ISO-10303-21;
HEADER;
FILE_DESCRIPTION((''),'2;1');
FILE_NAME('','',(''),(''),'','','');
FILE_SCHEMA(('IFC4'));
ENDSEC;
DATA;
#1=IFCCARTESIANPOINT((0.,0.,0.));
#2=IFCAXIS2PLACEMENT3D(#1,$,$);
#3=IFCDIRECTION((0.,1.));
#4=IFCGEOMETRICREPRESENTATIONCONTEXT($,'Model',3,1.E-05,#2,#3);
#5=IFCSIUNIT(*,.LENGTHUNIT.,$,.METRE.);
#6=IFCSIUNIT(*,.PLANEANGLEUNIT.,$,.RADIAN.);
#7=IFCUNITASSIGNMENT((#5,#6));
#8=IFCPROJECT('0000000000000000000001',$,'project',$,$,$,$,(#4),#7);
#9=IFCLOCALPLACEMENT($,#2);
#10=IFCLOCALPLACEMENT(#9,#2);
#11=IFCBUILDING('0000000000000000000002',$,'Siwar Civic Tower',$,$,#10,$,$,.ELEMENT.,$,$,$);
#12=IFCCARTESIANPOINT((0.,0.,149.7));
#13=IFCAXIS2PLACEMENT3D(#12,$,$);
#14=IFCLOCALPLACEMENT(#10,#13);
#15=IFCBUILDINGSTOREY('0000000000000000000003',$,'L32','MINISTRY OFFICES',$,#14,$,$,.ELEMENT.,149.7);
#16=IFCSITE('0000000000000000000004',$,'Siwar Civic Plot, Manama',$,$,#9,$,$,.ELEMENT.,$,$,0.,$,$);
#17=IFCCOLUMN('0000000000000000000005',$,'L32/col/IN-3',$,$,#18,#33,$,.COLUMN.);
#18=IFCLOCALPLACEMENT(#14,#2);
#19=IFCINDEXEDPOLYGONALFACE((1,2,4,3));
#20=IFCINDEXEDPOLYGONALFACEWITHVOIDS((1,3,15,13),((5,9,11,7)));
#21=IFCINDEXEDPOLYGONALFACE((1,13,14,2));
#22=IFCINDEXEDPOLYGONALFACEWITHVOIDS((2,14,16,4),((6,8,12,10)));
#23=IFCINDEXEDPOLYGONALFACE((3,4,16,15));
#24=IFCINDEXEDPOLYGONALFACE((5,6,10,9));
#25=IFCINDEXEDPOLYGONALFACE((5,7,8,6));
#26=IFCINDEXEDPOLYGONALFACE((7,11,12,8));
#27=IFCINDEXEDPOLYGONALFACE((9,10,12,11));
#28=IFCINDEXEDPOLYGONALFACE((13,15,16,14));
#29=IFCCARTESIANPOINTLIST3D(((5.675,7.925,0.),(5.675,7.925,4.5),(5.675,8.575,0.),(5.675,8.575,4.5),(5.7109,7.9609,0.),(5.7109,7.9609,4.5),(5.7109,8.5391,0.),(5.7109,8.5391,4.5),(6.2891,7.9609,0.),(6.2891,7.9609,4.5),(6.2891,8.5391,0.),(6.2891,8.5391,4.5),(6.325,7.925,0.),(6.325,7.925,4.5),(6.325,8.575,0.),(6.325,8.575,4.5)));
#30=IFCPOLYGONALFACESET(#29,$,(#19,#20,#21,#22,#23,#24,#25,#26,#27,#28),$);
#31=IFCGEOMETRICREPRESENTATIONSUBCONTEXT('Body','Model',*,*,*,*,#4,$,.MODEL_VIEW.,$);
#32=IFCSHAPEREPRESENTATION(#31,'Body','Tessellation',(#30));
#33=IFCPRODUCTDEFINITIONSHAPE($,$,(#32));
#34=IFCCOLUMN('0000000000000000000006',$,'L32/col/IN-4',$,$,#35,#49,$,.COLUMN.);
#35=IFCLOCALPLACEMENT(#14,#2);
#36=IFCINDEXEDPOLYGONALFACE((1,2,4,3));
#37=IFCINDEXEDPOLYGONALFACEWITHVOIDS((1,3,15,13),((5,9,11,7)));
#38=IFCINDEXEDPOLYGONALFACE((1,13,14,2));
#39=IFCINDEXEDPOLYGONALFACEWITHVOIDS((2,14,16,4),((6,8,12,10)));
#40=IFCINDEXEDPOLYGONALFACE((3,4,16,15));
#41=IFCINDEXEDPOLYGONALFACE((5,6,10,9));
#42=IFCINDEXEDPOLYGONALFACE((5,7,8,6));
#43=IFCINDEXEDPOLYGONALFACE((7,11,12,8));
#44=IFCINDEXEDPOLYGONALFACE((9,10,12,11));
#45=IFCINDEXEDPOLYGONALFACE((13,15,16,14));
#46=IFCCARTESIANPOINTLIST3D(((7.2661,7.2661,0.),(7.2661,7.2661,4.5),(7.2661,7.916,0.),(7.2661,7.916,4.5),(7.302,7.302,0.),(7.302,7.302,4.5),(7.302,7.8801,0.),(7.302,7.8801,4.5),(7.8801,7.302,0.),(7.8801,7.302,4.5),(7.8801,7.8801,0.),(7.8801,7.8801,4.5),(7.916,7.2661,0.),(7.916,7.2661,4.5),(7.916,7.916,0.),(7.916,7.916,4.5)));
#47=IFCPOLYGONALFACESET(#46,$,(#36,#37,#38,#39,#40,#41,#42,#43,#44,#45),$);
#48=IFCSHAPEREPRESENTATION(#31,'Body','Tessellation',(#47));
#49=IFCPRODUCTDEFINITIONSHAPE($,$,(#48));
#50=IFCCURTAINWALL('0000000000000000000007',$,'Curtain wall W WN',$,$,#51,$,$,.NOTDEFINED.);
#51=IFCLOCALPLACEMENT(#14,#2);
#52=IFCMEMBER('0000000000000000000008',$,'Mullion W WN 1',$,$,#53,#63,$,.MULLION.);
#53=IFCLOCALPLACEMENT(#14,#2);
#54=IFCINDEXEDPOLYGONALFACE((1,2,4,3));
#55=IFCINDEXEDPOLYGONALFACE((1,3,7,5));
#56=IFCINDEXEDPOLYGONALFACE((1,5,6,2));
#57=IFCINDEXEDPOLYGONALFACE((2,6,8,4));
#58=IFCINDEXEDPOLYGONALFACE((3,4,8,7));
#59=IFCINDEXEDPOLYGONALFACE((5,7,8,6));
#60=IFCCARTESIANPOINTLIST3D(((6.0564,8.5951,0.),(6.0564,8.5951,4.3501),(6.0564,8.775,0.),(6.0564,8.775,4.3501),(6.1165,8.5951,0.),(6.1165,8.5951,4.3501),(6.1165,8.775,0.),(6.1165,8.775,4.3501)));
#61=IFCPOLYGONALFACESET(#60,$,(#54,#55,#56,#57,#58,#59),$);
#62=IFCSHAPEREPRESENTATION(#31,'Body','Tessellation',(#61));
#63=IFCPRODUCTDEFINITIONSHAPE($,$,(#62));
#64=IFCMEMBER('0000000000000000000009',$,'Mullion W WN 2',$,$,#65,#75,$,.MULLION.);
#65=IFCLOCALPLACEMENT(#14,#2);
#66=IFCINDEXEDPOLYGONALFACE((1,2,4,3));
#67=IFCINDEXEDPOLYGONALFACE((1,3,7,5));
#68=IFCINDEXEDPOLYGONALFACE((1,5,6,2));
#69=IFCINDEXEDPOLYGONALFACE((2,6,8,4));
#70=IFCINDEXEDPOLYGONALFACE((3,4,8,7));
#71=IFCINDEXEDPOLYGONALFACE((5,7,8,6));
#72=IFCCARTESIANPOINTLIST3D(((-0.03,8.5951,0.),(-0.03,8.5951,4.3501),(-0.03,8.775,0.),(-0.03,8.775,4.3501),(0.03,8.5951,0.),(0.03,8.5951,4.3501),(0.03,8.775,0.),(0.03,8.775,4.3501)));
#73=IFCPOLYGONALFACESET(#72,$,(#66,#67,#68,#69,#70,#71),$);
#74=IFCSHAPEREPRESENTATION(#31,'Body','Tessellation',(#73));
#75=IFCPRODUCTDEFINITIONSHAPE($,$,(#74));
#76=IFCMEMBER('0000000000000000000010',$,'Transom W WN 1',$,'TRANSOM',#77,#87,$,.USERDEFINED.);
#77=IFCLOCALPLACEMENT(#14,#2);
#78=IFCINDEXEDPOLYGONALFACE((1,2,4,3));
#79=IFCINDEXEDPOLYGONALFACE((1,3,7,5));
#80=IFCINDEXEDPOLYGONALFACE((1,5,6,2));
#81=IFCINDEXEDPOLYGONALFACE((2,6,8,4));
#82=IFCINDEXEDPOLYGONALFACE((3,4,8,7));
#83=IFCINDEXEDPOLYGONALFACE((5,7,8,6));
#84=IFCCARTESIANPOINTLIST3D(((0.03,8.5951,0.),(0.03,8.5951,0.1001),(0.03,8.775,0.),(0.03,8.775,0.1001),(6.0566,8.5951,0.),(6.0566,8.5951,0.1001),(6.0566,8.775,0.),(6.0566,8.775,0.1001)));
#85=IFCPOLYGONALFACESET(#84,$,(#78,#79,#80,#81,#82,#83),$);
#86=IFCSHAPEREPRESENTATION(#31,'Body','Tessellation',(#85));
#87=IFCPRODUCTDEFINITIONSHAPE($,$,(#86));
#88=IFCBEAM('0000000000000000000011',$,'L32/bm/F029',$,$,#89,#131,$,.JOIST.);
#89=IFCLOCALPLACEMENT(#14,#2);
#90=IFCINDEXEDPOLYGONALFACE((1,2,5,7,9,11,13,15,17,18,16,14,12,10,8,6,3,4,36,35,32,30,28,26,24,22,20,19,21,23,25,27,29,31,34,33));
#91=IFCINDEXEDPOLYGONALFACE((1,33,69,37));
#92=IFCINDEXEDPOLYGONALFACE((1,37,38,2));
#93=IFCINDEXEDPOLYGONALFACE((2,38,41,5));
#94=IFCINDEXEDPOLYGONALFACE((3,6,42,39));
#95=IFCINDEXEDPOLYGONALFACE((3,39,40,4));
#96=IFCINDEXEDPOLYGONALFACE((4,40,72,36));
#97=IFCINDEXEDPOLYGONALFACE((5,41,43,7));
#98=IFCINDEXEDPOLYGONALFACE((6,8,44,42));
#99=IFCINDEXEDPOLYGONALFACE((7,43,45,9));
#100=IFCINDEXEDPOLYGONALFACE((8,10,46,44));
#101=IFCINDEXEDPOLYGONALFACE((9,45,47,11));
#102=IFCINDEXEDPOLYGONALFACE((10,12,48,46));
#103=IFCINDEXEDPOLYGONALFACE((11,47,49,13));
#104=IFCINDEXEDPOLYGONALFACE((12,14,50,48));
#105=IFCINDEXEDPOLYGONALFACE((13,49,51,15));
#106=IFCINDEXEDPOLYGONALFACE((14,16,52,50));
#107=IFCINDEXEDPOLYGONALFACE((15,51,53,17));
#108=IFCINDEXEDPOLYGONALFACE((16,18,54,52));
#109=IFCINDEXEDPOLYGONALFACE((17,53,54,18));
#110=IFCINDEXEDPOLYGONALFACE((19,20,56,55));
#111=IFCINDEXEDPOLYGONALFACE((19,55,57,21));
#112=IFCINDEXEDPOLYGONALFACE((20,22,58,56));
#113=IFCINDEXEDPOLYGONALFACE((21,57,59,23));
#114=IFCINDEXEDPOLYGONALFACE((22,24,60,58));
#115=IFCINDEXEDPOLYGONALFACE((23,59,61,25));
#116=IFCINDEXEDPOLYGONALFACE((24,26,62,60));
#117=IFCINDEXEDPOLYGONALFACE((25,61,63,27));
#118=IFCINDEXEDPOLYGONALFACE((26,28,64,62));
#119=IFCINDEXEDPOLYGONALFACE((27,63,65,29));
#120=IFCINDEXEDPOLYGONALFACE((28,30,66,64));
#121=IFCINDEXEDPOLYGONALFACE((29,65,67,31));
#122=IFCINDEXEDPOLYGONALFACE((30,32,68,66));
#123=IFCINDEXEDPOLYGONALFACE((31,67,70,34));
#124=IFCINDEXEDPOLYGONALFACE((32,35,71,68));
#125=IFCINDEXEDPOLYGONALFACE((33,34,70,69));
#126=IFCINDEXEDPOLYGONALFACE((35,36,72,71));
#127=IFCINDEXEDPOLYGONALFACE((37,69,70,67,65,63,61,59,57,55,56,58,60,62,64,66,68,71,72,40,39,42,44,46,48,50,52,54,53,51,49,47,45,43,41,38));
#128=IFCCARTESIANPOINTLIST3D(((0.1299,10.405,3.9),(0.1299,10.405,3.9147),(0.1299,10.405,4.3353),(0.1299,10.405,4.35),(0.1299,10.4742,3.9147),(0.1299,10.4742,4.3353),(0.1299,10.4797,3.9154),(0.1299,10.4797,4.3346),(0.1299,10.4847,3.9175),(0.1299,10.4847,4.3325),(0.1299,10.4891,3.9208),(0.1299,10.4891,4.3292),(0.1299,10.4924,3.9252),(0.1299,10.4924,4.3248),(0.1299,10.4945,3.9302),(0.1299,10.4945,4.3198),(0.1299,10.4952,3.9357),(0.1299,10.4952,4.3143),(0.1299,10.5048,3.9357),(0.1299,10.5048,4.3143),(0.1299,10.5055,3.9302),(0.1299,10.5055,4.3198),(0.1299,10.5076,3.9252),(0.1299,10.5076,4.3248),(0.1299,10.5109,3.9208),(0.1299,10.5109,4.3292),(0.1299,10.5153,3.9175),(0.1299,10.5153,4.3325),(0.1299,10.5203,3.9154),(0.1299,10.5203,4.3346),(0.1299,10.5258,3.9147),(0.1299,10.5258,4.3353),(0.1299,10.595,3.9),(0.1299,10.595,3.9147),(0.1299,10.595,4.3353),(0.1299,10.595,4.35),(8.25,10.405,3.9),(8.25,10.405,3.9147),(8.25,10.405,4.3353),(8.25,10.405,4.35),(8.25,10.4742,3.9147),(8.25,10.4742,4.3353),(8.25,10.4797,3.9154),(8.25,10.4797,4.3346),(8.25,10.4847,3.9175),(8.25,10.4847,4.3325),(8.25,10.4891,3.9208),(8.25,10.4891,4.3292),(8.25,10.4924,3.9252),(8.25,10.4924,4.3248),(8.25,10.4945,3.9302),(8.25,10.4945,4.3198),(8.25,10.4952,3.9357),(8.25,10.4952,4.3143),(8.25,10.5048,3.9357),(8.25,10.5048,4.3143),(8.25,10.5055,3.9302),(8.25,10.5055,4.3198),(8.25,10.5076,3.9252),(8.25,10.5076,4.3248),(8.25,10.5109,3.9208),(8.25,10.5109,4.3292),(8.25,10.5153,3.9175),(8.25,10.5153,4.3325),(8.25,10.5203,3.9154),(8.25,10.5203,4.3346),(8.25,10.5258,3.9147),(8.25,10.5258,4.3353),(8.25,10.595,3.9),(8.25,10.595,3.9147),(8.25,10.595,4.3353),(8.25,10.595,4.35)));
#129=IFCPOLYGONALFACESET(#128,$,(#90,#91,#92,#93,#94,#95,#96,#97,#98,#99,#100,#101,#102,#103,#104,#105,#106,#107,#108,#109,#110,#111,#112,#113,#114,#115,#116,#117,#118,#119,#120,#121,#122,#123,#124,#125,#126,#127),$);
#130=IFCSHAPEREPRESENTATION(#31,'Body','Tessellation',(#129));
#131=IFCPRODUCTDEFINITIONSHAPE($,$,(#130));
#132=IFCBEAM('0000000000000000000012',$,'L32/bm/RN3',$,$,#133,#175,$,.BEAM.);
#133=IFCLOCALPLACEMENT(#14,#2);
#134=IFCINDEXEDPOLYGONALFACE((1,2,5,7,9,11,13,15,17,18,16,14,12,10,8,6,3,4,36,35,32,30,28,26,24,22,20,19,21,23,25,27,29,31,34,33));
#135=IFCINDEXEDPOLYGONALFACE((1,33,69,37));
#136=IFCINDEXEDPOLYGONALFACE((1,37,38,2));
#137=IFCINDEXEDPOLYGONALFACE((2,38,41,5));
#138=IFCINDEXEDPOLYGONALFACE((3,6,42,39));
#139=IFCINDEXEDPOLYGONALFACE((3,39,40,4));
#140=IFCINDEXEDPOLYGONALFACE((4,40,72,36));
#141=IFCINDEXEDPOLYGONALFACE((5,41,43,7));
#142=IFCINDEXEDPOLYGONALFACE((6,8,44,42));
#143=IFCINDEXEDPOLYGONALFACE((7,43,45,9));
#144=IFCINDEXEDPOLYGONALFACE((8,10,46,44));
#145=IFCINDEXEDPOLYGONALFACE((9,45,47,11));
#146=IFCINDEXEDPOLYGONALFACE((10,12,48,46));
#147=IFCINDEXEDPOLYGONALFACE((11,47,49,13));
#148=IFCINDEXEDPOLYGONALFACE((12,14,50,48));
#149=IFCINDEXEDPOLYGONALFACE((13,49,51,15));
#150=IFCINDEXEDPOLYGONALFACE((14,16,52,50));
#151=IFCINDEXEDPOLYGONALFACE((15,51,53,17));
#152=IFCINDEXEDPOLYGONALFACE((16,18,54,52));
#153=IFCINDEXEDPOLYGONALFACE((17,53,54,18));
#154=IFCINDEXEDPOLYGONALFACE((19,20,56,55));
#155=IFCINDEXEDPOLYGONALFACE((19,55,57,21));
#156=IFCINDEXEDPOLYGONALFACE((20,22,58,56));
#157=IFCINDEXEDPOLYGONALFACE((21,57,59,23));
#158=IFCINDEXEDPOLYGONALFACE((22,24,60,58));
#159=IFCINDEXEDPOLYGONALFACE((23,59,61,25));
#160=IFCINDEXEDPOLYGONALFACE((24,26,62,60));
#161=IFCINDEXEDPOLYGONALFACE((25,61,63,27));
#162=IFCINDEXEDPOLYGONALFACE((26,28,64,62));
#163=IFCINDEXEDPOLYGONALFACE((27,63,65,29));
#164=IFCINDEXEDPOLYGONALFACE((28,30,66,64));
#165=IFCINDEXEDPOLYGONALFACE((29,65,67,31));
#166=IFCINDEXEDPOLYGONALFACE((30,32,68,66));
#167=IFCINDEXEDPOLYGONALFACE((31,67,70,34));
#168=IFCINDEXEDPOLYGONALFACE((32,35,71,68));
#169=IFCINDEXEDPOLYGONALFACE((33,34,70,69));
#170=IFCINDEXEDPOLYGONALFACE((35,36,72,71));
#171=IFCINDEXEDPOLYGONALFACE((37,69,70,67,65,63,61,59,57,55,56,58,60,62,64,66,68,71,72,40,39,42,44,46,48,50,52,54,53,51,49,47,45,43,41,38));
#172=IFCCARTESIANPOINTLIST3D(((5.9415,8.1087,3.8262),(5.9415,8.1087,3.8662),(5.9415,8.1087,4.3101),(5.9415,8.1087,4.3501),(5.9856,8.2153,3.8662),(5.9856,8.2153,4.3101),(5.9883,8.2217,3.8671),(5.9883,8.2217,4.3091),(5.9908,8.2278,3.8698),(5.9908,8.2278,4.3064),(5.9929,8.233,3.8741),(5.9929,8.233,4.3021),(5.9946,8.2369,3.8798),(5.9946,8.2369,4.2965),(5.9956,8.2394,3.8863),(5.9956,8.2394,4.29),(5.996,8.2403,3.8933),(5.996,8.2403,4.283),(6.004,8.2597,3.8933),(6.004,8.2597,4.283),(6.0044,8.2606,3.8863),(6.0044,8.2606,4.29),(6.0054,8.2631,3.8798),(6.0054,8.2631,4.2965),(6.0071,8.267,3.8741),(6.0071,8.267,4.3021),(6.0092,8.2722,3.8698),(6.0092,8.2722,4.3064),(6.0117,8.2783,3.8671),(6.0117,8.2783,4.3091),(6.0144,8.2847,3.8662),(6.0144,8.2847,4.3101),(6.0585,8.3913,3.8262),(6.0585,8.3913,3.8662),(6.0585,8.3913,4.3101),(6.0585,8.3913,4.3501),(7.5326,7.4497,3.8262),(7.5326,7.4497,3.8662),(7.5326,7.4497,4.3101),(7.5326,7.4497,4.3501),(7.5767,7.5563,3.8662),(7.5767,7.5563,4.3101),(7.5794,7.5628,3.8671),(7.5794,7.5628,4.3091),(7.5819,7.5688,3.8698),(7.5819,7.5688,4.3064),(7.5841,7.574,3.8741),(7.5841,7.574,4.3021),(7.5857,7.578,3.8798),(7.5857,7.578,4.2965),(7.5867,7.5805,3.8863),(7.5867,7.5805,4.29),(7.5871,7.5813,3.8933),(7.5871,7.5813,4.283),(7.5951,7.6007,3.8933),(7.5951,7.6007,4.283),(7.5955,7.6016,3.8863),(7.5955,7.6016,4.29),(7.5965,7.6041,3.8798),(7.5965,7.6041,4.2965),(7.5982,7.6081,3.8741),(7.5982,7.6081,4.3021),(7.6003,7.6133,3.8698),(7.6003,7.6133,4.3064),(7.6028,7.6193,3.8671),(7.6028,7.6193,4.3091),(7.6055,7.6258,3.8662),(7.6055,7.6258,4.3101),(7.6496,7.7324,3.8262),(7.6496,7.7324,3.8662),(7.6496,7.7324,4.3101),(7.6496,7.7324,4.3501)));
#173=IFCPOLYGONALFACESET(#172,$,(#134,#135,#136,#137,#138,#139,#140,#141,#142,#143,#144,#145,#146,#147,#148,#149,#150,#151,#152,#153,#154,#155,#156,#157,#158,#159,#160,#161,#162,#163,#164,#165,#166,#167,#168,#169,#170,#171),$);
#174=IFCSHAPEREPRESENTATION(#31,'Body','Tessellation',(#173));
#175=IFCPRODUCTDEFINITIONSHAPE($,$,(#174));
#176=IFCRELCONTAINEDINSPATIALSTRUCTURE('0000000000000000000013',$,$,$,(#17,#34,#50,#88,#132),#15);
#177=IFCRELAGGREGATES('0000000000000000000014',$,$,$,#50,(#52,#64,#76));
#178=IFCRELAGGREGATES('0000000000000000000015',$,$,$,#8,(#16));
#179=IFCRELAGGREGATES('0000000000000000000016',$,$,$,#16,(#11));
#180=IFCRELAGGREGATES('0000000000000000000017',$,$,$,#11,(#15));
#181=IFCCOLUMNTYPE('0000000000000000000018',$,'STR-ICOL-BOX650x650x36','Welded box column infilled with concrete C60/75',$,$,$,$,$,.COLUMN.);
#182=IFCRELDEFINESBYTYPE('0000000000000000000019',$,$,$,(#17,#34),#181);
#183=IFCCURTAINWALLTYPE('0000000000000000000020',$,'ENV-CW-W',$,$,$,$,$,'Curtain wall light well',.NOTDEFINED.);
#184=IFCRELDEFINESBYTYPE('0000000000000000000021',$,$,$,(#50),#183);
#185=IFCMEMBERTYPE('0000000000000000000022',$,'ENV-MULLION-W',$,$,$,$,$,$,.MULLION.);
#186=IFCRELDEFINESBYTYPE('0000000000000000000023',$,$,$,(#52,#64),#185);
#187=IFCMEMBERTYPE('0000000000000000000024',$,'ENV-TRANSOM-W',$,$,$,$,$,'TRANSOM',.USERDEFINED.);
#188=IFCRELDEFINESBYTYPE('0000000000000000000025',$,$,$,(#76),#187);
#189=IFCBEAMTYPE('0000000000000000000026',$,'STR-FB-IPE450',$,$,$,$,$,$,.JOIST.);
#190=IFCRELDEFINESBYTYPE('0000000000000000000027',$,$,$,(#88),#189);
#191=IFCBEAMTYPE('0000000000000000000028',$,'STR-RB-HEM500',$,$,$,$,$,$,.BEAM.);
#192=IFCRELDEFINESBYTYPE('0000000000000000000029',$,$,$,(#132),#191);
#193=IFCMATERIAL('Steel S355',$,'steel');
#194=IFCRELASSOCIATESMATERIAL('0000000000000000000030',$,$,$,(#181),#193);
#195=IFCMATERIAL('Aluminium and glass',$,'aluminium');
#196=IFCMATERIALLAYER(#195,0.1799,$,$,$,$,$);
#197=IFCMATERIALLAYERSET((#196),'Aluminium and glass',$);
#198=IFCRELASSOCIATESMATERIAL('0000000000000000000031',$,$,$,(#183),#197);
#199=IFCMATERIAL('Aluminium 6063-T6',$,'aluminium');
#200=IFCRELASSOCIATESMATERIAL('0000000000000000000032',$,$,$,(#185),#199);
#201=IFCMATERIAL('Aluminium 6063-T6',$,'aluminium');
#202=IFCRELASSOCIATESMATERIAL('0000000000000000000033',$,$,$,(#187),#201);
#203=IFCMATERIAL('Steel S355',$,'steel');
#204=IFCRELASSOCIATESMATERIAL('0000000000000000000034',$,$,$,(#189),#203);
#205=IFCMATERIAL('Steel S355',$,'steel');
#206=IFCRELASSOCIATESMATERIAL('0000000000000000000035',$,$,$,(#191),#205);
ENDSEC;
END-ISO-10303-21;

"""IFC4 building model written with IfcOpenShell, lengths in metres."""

from ifc_helpers import new_model, si_unit, direction, frame, origin, origin_2d, place, context, subcontext, project, spatial, rectangle, hollow_rectangle, i_section, extrude, material, layer, layer_set, material_profile, profile_set, type_object, element, aggregate, save


model = new_model("IFC4")

# Units and contexts
model_context = context("Model", 3, precision=1e-05, world=origin(), true_north=direction((0.0, 1.0)))
body_context = subcontext(model_context, "Body", "Model", "MODEL_VIEW")
ifc_project = project(units=[si_unit("LENGTHUNIT", "METRE"), si_unit("PLANEANGLEUNIT", "RADIAN")], contexts=[model_context])

# Site, building, storey
site_placement = place(None, origin())
site = spatial("IfcSite", under=ifc_project, at=site_placement, Name="Siwar Civic Plot, Manama", CompositionType="ELEMENT", RefElevation=0.0)
building_placement = place(site_placement, origin())
building = spatial("IfcBuilding", under=site, at=building_placement, Name="Siwar Civic Tower", CompositionType="ELEMENT")
storey_placement = place(building_placement, frame((0.0, 0.0, 149.7)))
storey = spatial("IfcBuildingStorey", under=building, at=storey_placement, Name="L32", Description="MINISTRY OFFICES", CompositionType="ELEMENT", Elevation=149.7)

# Columns
ifc_material_1 = material(Name="Steel S355", Category="steel")
ifc_material_profile_1 = material_profile(ifc_material_1, hollow_rectangle(XDim=0.6499, YDim=0.6499, WallThickness=0.0359, at=origin_2d()), Name="BOX650x650x36")
ifc_profile_set_1 = profile_set([ifc_material_profile_1], Name="Steel S355")
column_type = type_object("IfcColumnType", Name="STR-ICOL-BOX650x650x36", Description="Welded box column infilled with concrete C60/75", PredefinedType="COLUMN", material=ifc_profile_set_1)
for number, where, z_axis, x_axis, name in (
    (1, (6.0, 8.25, 0.0), (0.0, 0.0, 1.0), (1.0, 0.0, 0.0), "L32/col/IN-3"),
    (2, (7.5911, 7.5911, 0.0), (0.0, 0.0, 1.0), (1.0, 0.0, 0.0), "L32/col/IN-4"),
):
    element("IfcColumn", number, at=place(storey_placement, frame(where, z_axis=z_axis, x_axis=x_axis)), inside=storey, type_object=column_type, Name=name, PredefinedType="COLUMN", context=body_context, shape_type="SweptSolid", body=[
        extrude(hollow_rectangle(XDim=0.6499, YDim=0.6499, WallThickness=0.0359, at=origin_2d()), origin(), (0.0, 0.0, 1.0), 4.5),
    ])

# Curtain wall, members
ifc_material_2 = material(Name="Aluminium and glass", Category="aluminium")
ifc_layer_1 = layer(ifc_material_2, 0.1799)
ifc_layer_set_1 = layer_set([ifc_layer_1], Name="Aluminium and glass")
curtain_wall_type = type_object("IfcCurtainWallType", Name="ENV-CW-W", ElementType="Curtain wall light well", PredefinedType="NOTDEFINED", material=ifc_layer_set_1)
curtain_wall_placement = place(storey_placement, origin())
curtain_wall = element("IfcCurtainWall", 3, at=curtain_wall_placement, inside=storey, type_object=curtain_wall_type, Name="Curtain wall W WN", PredefinedType="NOTDEFINED")
ifc_material_3 = material(Name="Aluminium 6063-T6", Category="aluminium")
ifc_material_profile_2 = material_profile(ifc_material_3, rectangle(XDim=0.1799, YDim=0.0601, at=origin_2d()), Name="AL 180x60")
ifc_profile_set_2 = profile_set([ifc_material_profile_2], Name="Aluminium 6063-T6")
member_type_1 = type_object("IfcMemberType", Name="ENV-MULLION-W", PredefinedType="MULLION", material=ifc_profile_set_2)
member_1_placement = place(storey_placement, frame((6.0864, 8.6851, 0.0), z_axis=(0.0, 0.0, 1.0), x_axis=(0.0, -1.0, 0.0)))
member_1 = element("IfcMember", 4, at=member_1_placement, type_object=member_type_1, Name="Mullion W WN 1", PredefinedType="MULLION", context=body_context, shape_type="SweptSolid", body=[
    extrude(rectangle(XDim=0.1799, YDim=0.0601, at=origin_2d()), origin(), (0.0, 0.0, 1.0), 4.3501),
])
member_2_placement = place(storey_placement, frame((0.0, 8.6851, 0.0), z_axis=(0.0, 0.0, 1.0), x_axis=(0.0, -1.0, 0.0)))
member_2 = element("IfcMember", 5, at=member_2_placement, type_object=member_type_1, Name="Mullion W WN 2", PredefinedType="MULLION", context=body_context, shape_type="SweptSolid", body=[
    extrude(rectangle(XDim=0.1799, YDim=0.0601, at=origin_2d()), origin(), (0.0, 0.0, 1.0), 4.3501),
])
ifc_material_4 = material(Name="Aluminium 6063-T6", Category="aluminium")
ifc_material_profile_3 = material_profile(ifc_material_4, rectangle(XDim=0.1799, YDim=0.1001, at=origin_2d()), Name="AL 180x100")
ifc_profile_set_3 = profile_set([ifc_material_profile_3], Name="Aluminium 6063-T6")
member_type_2 = type_object("IfcMemberType", Name="ENV-TRANSOM-W", ElementType="TRANSOM", PredefinedType="USERDEFINED", material=ifc_profile_set_3)
member_3_placement = place(storey_placement, frame((6.0566, 8.6851, 0.05), z_axis=(-1.0, 0.0, 0.0), x_axis=(0.0, -1.0, 0.0)))
member_3 = element("IfcMember", 6, at=member_3_placement, type_object=member_type_2, Name="Transom W WN 1", ObjectType="TRANSOM", PredefinedType="USERDEFINED", context=body_context, shape_type="SweptSolid", body=[
    extrude(rectangle(XDim=0.1799, YDim=0.1001, at=origin_2d()), origin(), (0.0, 0.0, 1.0), 6.0266),
])

# Beams
ifc_material_5 = material(Name="Steel S355", Category="steel")
ifc_material_profile_4 = material_profile(ifc_material_5, i_section(OverallWidth=0.1899, OverallDepth=0.45, WebThickness=0.0095, FlangeThickness=0.0146, FilletRadius=0.021, at=origin_2d()), Name="IPE450")
ifc_profile_set_4 = profile_set([ifc_material_profile_4], Name="Steel S355")
beam_type_1 = type_object("IfcBeamType", Name="STR-FB-IPE450", PredefinedType="JOIST", material=ifc_profile_set_4)
beam_placement = place(storey_placement, frame((0.1299, 10.5, 4.125), z_axis=(1.0, 0.0, 0.0), x_axis=(0.0, 1.0, 0.0)))
element("IfcBeam", 7, at=beam_placement, inside=storey, type_object=beam_type_1, Name="L32/bm/F029", PredefinedType="JOIST", context=body_context, shape_type="SweptSolid", body=[
    extrude(i_section(OverallWidth=0.1899, OverallDepth=0.45, WebThickness=0.0095, FlangeThickness=0.0146, FilletRadius=0.021, at=origin_2d()), origin(), (0.0, 0.0, 1.0), 8.1201),
])
ifc_material_6 = material(Name="Steel S355", Category="steel")
ifc_material_profile_5 = material_profile(ifc_material_6, i_section(OverallWidth=0.3059, OverallDepth=0.5239, WebThickness=0.021, FlangeThickness=0.04, FilletRadius=0.0271, at=origin_2d()), Name="HEM500")
ifc_profile_set_5 = profile_set([ifc_material_profile_5], Name="Steel S355")
beam_type_2 = type_object("IfcBeamType", Name="STR-RB-HEM500", PredefinedType="BEAM", material=ifc_profile_set_5)
for number, where, z_axis, x_axis, name in (
    (8, (6.0, 8.25, 4.0881), (0.923901, -0.382631, 0.0), (0.382631, 0.923901, 0.0), "L32/bm/RN3"),
):
    element("IfcBeam", number, at=place(storey_placement, frame(where, z_axis=z_axis, x_axis=x_axis)), inside=storey, type_object=beam_type_2, Name=name, PredefinedType="BEAM", context=body_context, shape_type="SweptSolid", body=[
        extrude(i_section(OverallWidth=0.3059, OverallDepth=0.5239, WebThickness=0.021, FlangeThickness=0.04, FilletRadius=0.0271, at=origin_2d()), origin(), (0.0, 0.0, 1.0), 1.7222),
    ])

aggregate(curtain_wall, [member_1, member_2, member_3])

save(model, "model.ifc")
